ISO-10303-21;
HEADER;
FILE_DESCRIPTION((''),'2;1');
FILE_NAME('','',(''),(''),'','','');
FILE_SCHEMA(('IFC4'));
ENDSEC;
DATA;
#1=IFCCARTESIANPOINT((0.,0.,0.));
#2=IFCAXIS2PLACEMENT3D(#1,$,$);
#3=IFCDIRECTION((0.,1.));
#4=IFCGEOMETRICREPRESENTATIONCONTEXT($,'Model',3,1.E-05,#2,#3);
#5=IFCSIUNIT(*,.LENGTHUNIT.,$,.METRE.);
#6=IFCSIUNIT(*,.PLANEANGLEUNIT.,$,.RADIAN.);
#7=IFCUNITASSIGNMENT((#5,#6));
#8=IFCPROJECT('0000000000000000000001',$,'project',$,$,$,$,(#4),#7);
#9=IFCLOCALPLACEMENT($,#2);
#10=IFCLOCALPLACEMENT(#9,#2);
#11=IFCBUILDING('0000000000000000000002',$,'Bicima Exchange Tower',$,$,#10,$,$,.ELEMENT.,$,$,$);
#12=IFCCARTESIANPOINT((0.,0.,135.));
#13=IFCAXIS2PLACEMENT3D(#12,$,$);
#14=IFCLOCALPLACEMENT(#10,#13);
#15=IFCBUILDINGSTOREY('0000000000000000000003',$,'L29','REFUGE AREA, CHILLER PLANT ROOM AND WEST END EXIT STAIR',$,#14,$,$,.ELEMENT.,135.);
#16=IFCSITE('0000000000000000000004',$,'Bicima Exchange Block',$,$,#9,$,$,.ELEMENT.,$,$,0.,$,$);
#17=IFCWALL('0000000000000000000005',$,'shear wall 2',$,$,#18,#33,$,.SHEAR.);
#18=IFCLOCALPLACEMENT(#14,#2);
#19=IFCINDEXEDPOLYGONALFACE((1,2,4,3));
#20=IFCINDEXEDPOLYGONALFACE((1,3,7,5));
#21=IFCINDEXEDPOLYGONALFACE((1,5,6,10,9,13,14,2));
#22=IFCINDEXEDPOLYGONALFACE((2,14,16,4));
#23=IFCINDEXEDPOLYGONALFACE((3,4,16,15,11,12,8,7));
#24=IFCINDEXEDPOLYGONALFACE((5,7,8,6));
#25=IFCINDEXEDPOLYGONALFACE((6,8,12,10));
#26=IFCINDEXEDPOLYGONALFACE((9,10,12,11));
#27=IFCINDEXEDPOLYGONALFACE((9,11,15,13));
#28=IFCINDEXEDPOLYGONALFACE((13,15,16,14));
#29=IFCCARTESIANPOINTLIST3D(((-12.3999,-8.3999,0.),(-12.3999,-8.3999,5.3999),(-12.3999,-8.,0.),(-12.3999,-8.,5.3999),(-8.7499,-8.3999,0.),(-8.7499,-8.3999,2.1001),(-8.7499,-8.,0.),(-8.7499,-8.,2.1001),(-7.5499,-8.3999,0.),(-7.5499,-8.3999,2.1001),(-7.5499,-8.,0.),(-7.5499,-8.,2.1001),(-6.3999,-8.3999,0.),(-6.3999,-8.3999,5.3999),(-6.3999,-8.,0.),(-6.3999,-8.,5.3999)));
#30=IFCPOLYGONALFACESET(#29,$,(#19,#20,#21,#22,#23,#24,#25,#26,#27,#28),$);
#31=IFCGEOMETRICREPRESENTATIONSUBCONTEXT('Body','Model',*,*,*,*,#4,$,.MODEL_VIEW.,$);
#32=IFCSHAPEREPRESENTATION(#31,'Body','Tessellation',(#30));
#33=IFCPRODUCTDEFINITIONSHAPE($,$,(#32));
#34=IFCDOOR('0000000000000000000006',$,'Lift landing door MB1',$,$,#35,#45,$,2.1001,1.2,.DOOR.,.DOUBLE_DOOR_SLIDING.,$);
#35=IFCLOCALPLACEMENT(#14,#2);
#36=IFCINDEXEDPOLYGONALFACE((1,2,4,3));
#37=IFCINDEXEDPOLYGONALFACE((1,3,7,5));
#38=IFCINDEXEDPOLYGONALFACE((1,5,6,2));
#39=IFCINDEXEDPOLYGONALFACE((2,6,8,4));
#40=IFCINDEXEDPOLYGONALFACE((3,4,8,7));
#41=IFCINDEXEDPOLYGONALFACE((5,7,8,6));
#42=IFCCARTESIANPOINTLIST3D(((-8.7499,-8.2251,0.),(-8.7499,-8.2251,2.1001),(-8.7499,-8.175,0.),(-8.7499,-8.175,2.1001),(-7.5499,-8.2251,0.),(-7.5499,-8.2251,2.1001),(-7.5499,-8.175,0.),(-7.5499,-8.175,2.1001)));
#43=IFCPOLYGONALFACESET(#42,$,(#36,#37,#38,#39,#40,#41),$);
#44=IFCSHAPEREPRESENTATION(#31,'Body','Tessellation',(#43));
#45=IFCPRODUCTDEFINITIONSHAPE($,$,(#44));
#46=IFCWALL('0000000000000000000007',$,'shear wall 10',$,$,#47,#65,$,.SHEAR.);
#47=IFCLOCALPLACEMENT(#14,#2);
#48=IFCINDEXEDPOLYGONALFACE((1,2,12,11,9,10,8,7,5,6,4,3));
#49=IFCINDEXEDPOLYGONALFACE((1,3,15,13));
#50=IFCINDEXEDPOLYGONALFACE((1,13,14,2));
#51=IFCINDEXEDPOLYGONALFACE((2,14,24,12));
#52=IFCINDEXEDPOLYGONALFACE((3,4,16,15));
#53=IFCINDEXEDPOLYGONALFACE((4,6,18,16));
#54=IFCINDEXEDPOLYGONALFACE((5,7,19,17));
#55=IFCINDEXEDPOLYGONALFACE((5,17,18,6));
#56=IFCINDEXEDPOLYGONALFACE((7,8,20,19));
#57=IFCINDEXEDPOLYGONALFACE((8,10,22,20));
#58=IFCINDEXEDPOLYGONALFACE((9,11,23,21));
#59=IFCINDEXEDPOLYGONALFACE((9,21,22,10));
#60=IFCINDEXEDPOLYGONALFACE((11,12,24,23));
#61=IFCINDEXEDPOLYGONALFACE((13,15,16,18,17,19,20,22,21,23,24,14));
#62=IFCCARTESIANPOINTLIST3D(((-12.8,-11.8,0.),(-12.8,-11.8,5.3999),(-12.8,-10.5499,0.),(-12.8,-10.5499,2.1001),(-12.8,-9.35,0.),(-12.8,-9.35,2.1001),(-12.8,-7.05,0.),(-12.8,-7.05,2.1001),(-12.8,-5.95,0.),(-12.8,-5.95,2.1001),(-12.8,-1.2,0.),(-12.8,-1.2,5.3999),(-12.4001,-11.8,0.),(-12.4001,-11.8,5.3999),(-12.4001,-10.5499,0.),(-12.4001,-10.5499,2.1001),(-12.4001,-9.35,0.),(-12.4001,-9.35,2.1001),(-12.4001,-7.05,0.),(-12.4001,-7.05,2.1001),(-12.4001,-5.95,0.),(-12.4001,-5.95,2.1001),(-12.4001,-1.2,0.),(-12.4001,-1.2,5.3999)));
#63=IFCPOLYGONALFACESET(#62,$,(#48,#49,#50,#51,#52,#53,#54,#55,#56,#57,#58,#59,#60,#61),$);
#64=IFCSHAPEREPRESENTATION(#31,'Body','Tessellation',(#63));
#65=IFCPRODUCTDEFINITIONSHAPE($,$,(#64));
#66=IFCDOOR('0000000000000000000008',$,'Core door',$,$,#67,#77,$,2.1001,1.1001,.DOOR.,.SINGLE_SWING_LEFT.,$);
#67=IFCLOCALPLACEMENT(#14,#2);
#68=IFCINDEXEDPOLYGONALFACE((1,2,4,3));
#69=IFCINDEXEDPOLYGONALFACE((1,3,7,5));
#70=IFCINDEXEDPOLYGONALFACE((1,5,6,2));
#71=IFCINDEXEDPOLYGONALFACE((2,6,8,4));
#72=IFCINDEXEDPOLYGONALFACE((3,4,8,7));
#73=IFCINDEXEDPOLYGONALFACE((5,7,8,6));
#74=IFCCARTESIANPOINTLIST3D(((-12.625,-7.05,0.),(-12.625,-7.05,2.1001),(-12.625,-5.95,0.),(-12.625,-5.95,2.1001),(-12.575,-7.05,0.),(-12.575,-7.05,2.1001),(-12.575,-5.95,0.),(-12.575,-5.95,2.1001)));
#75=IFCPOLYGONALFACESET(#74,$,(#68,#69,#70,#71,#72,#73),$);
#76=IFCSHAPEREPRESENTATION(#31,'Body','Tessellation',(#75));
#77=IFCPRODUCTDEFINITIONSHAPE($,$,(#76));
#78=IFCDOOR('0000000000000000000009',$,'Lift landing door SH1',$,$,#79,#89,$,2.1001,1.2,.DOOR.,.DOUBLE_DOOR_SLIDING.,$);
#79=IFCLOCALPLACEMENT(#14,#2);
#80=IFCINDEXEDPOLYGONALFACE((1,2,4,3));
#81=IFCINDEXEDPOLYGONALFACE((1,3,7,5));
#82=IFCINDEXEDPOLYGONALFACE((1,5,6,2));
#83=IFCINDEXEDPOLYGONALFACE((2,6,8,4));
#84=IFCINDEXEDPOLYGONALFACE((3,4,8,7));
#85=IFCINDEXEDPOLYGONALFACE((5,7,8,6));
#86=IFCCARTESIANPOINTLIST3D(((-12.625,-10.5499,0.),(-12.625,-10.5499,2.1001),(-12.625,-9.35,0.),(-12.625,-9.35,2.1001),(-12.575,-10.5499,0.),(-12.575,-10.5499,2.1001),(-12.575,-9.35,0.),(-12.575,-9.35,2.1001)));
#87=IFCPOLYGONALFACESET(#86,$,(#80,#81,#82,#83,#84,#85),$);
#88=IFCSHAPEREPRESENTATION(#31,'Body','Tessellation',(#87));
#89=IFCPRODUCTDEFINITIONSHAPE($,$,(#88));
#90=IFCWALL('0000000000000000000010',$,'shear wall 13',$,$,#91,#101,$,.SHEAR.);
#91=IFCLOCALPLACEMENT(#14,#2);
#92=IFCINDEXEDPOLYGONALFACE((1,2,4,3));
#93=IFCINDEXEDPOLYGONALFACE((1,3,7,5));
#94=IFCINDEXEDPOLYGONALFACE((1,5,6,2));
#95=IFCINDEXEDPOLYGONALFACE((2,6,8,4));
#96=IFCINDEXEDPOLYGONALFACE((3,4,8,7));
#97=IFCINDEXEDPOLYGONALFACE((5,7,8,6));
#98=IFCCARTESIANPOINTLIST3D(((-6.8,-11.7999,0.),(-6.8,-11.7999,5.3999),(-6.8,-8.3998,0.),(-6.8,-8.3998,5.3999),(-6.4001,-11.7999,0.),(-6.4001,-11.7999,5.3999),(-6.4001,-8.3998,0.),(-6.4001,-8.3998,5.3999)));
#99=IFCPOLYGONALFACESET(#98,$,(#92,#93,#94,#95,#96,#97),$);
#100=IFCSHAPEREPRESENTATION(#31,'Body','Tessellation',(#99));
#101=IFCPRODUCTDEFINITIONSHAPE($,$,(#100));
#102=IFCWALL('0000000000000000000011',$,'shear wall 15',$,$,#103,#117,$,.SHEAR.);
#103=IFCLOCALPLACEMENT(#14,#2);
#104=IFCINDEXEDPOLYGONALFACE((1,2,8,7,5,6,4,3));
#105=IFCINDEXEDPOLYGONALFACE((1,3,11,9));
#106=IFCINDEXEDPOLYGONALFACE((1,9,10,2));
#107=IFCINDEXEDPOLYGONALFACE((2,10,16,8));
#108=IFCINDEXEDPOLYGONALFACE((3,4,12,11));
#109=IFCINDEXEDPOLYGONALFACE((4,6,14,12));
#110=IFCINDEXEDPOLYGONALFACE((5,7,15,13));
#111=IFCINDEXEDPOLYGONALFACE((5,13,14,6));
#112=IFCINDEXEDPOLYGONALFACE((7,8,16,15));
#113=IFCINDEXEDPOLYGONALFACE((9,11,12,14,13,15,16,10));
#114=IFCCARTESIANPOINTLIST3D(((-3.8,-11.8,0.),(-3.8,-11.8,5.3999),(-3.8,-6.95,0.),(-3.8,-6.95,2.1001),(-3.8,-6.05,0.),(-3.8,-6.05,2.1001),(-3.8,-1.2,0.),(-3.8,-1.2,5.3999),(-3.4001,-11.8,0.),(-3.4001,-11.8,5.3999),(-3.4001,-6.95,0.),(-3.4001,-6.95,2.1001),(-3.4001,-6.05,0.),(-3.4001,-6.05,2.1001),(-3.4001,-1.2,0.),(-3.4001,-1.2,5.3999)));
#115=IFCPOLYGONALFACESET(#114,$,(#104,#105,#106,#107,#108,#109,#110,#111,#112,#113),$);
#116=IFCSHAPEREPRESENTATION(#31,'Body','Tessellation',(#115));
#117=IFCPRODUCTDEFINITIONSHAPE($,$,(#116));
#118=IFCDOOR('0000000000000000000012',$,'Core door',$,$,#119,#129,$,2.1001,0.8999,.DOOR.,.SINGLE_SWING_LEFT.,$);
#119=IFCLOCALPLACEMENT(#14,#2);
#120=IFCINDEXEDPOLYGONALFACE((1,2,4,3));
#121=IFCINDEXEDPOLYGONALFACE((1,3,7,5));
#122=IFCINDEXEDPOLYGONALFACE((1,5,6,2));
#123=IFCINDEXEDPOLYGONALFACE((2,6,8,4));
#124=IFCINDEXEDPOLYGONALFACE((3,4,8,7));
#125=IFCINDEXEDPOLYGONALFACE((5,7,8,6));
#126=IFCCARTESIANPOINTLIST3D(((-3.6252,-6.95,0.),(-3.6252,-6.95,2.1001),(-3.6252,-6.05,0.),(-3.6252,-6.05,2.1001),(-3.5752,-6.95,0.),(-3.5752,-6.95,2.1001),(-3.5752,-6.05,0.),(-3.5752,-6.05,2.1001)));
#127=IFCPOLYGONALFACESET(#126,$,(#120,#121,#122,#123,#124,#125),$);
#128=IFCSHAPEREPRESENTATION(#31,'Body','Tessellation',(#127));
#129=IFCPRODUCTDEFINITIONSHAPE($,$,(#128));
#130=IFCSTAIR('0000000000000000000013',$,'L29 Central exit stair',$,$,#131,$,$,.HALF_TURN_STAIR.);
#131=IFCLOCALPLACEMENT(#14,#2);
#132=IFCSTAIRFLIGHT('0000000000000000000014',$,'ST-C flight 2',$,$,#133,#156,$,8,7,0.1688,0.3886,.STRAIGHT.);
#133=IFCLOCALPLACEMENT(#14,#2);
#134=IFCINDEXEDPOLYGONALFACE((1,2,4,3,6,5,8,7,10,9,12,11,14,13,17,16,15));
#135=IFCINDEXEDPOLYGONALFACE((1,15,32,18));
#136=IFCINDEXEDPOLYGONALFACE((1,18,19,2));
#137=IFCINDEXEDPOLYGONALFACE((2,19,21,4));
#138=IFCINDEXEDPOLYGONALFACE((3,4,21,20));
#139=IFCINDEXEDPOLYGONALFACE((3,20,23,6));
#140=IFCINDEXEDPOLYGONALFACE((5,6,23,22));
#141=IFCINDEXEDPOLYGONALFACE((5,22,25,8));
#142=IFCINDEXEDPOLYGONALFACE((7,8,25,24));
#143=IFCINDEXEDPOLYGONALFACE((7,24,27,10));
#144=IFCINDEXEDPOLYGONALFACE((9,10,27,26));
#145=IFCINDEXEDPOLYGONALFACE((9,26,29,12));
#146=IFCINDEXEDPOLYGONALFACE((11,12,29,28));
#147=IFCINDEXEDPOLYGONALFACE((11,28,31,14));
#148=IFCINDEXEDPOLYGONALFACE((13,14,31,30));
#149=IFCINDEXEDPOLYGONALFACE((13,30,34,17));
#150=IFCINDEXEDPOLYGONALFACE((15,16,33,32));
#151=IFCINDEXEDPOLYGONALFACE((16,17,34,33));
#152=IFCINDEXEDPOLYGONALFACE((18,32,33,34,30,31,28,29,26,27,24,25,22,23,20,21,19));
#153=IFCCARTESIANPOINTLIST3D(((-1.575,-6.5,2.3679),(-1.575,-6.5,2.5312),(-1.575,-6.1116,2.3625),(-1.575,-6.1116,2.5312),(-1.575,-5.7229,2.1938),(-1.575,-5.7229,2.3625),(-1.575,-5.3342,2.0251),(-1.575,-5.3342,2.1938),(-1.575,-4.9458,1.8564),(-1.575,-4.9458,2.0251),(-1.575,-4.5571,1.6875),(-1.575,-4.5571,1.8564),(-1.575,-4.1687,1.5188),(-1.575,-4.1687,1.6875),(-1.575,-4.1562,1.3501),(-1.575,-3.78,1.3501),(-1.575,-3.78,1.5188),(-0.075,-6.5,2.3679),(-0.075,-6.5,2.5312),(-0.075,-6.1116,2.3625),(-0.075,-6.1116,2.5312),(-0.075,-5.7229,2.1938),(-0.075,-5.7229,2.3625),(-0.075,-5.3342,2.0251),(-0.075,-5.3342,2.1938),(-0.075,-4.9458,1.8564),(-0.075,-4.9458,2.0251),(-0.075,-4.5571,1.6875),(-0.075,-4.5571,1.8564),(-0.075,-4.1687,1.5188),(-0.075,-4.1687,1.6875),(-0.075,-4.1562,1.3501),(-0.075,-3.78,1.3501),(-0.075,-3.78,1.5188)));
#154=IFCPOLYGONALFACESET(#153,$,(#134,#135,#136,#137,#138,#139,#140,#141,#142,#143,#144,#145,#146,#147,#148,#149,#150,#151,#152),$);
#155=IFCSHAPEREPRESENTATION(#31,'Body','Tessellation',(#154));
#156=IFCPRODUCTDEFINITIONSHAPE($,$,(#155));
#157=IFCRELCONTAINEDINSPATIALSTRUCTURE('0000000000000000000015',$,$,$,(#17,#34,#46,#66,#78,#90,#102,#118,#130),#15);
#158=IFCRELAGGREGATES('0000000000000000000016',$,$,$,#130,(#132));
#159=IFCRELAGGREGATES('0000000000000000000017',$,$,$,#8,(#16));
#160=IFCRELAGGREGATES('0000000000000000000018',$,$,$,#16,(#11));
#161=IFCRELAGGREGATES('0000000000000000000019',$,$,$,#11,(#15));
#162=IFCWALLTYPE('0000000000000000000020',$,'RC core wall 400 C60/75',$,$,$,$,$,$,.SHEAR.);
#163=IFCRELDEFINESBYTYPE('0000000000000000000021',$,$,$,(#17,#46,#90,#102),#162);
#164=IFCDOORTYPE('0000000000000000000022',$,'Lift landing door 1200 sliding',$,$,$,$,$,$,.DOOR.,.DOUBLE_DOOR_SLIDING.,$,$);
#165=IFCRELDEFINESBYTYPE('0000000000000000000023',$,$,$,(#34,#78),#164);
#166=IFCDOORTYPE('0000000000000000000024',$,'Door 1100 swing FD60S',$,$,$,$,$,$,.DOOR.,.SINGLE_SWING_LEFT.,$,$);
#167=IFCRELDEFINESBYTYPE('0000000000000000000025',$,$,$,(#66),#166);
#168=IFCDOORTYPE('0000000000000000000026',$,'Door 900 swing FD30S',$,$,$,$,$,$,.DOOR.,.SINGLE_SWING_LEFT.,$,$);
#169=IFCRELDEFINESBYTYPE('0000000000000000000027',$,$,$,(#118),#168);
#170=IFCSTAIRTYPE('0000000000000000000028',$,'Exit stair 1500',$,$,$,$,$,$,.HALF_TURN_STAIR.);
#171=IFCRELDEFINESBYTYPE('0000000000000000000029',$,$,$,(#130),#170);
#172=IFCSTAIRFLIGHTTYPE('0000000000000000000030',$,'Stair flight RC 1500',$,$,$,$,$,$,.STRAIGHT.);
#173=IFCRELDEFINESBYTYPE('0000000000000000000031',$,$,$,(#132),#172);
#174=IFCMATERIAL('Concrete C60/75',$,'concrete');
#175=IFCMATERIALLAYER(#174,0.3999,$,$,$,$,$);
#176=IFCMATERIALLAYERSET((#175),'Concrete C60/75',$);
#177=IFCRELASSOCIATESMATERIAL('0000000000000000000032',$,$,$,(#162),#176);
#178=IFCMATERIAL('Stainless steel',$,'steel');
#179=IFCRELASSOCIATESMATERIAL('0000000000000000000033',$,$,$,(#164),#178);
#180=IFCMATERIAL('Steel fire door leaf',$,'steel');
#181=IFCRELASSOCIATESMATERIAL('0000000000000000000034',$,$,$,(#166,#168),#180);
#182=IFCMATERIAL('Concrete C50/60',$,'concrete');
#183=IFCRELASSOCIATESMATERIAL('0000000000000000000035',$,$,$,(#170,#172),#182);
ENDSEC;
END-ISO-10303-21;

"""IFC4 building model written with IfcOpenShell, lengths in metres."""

from ifc_helpers import new_model, si_unit, direction, frame, frame_2d, origin, place, context, subcontext, project, spatial, polyline, rectangle, outline, extrude, material, layer, layer_set, type_object, element, fill, aggregate, save


model = new_model("IFC4")

# Units and contexts
model_context = context("Model", 3, precision=1e-05, world=origin(), true_north=direction((0.0, 1.0)))
body_context = subcontext(model_context, "Body", "Model", "MODEL_VIEW")
ifc_project = project(units=[si_unit("LENGTHUNIT", "METRE"), si_unit("PLANEANGLEUNIT", "RADIAN")], contexts=[model_context])

# Site, building, storey
site_placement = place(None, origin())
site = spatial("IfcSite", under=ifc_project, at=site_placement, Name="Bicima Exchange Block", CompositionType="ELEMENT", RefElevation=0.0)
building_placement = place(site_placement, origin())
building = spatial("IfcBuilding", under=site, at=building_placement, Name="Bicima Exchange Tower", CompositionType="ELEMENT")
storey_placement = place(building_placement, frame((0.0, 0.0, 135.0)))
storey = spatial("IfcBuildingStorey", under=building, at=storey_placement, Name="L29", Description="REFUGE AREA, CHILLER PLANT ROOM AND WEST END EXIT STAIR", CompositionType="ELEMENT", Elevation=135.0)

# Shared definitions
ifc_material_1 = material(Name="Concrete C50/60", Category="concrete")
ifc_material_2 = material(Name="Steel fire door leaf", Category="steel")

# Wall, opening, door
ifc_material_3 = material(Name="Concrete C60/75", Category="concrete")
ifc_layer_1 = layer(ifc_material_3, 0.3999)
ifc_layer_set_1 = layer_set([ifc_layer_1], Name="Concrete C60/75")
wall_type_1 = type_object("IfcWallType", Name="RC core wall 400 C60/75", PredefinedType="SHEAR", material=ifc_layer_set_1)
wall_1_placement = place(storey_placement, frame((-12.3999, -8.2, 0.0), z_axis=(0.0, 0.0, 1.0), x_axis=(1.0, 0.0, 0.0)))
wall_1 = element("IfcWall", 1, at=wall_1_placement, inside=storey, type_object=wall_type_1, Name="shear wall 2", PredefinedType="SHEAR", context=body_context, shape_type="SweptSolid", body=[
    extrude(rectangle(XDim=6.0, YDim=0.3999, at=frame_2d((3.0, 0.0))), origin(), (0.0, 0.0, 1.0), 5.3999),
])
opening_1_placement = place(wall_1_placement, frame((3.6499, 0.0, 0.0)))
opening_1 = element("IfcOpeningElement", 2, at=opening_1_placement, cuts=wall_1, PredefinedType="OPENING", context=body_context, shape_type="SweptSolid", body=[
    extrude(rectangle(XDim=1.2, YDim=2.1001, at=frame_2d((0.6001, 1.05))), frame((0.0, 0.2119, 0.0), z_axis=(0.0, -1.0, 0.0), x_axis=(1.0, 0.0, 0.0)), (0.0, 0.0, 1.0), 0.4238),
])
ifc_material_4 = material(Name="Stainless steel", Category="steel")
door_type_1 = type_object("IfcDoorType", Name="Lift landing door 1200 sliding", OperationType="DOUBLE_DOOR_SLIDING", PredefinedType="DOOR", material=ifc_material_4)
door_1_placement = place(opening_1_placement, origin())
door_1 = element("IfcDoor", 3, at=door_1_placement, inside=storey, type_object=door_type_1, Name="Lift landing door MB1", OperationType="DOUBLE_DOOR_SLIDING", OverallHeight=2.1001, OverallWidth=1.2, PredefinedType="DOOR", context=body_context, shape_type="SweptSolid", body=[
    extrude(rectangle(XDim=1.2, YDim=2.1001, at=frame_2d((0.6001, 1.05))), frame((0.0, 0.0249, 0.0), z_axis=(0.0, -1.0, 0.0), x_axis=(1.0, 0.0, 0.0)), (0.0, 0.0, 1.0), 0.05),
])
fill(opening_1, door_1)

# Wall, openings, doors
wall_2_placement = place(storey_placement, frame((-12.6001, -11.8, 0.0), z_axis=(0.0, 0.0, 1.0), x_axis=(0.0, 1.0, 0.0)))
wall_2 = element("IfcWall", 4, at=wall_2_placement, inside=storey, type_object=wall_type_1, Name="shear wall 10", PredefinedType="SHEAR", context=body_context, shape_type="SweptSolid", body=[
    extrude(rectangle(XDim=10.6001, YDim=0.3999, at=frame_2d((5.3, 0.0))), origin(), (0.0, 0.0, 1.0), 5.3999),
])
opening_2_placement = place(wall_2_placement, frame((1.25, 0.0, 0.0)))
opening_2 = element("IfcOpeningElement", 5, at=opening_2_placement, cuts=wall_2, PredefinedType="OPENING", context=body_context, shape_type="SweptSolid", body=[
    extrude(rectangle(XDim=1.2, YDim=2.1001, at=frame_2d((0.6001, 1.05))), frame((0.0, 0.2119, 0.0), z_axis=(0.0, -1.0, 0.0), x_axis=(1.0, 0.0, 0.0)), (0.0, 0.0, 1.0), 0.4238),
])
opening_3_placement = place(wall_2_placement, frame((4.75, 0.0, 0.0)))
opening_3 = element("IfcOpeningElement", 6, at=opening_3_placement, cuts=wall_2, PredefinedType="OPENING", context=body_context, shape_type="SweptSolid", body=[
    extrude(rectangle(XDim=1.1001, YDim=2.1001, at=frame_2d((0.55, 1.05))), frame((0.0, 0.2119, 0.0), z_axis=(0.0, -1.0, 0.0), x_axis=(1.0, 0.0, 0.0)), (0.0, 0.0, 1.0), 0.4238),
])
door_type_2 = type_object("IfcDoorType", Name="Door 1100 swing FD60S", OperationType="SINGLE_SWING_LEFT", PredefinedType="DOOR", material=ifc_material_2)
door_2_placement = place(opening_3_placement, origin())
door_2 = element("IfcDoor", 7, at=door_2_placement, inside=storey, type_object=door_type_2, Name="Core door", OperationType="SINGLE_SWING_LEFT", OverallHeight=2.1001, OverallWidth=1.1001, PredefinedType="DOOR", context=body_context, shape_type="SweptSolid", body=[
    extrude(rectangle(XDim=1.1001, YDim=2.1001, at=frame_2d((0.55, 1.05))), frame((0.0, 0.0249, 0.0), z_axis=(0.0, -1.0, 0.0), x_axis=(1.0, 0.0, 0.0)), (0.0, 0.0, 1.0), 0.05),
])
fill(opening_3, door_2)
door_3_placement = place(opening_2_placement, origin())
door_3 = element("IfcDoor", 8, at=door_3_placement, inside=storey, type_object=door_type_1, Name="Lift landing door SH1", OperationType="DOUBLE_DOOR_SLIDING", OverallHeight=2.1001, OverallWidth=1.2, PredefinedType="DOOR", context=body_context, shape_type="SweptSolid", body=[
    extrude(rectangle(XDim=1.2, YDim=2.1001, at=frame_2d((0.6001, 1.05))), frame((0.0, 0.0249, 0.0), z_axis=(0.0, -1.0, 0.0), x_axis=(1.0, 0.0, 0.0)), (0.0, 0.0, 1.0), 0.05),
])
fill(opening_2, door_3)

# Wall
wall_3_placement = place(storey_placement, frame((-6.6001, -11.8, 0.0), z_axis=(0.0, 0.0, 1.0), x_axis=(0.0, 1.0, 0.0)))
element("IfcWall", 9, at=wall_3_placement, inside=storey, type_object=wall_type_1, Name="shear wall 13", PredefinedType="SHEAR", context=body_context, shape_type="SweptSolid", body=[
    extrude(rectangle(XDim=3.4001, YDim=0.3999, at=frame_2d((1.7002, 0.0))), origin(), (0.0, 0.0, 1.0), 5.3999),
])

# Wall, opening, door
wall_4_placement = place(storey_placement, frame((-3.6001, -11.8, 0.0), z_axis=(0.0, 0.0, 1.0), x_axis=(0.0, 1.0, 0.0)))
wall_4 = element("IfcWall", 10, at=wall_4_placement, inside=storey, type_object=wall_type_1, Name="shear wall 15", PredefinedType="SHEAR", context=body_context, shape_type="SweptSolid", body=[
    extrude(rectangle(XDim=10.6001, YDim=0.3999, at=frame_2d((5.3, 0.0))), origin(), (0.0, 0.0, 1.0), 5.3999),
])
opening_4_placement = place(wall_4_placement, frame((4.8501, 0.0, 0.0)))
opening_4 = element("IfcOpeningElement", 11, at=opening_4_placement, cuts=wall_4, PredefinedType="OPENING", context=body_context, shape_type="SweptSolid", body=[
    extrude(rectangle(XDim=0.8999, YDim=2.1001, at=frame_2d((0.45, 1.05))), frame((0.0, 0.2119, 0.0), z_axis=(0.0, -1.0, 0.0), x_axis=(1.0, 0.0, 0.0)), (0.0, 0.0, 1.0), 0.4238),
])
door_type_3 = type_object("IfcDoorType", Name="Door 900 swing FD30S", OperationType="SINGLE_SWING_LEFT", PredefinedType="DOOR", material=ifc_material_2)
door_4_placement = place(opening_4_placement, frame((0.8999, 0.0, 0.0), z_axis=(0.0, 0.0, 1.0), x_axis=(-1.0, 0.0, 0.0)))
door_4 = element("IfcDoor", 12, at=door_4_placement, inside=storey, type_object=door_type_3, Name="Core door", OperationType="SINGLE_SWING_LEFT", OverallHeight=2.1001, OverallWidth=0.8999, PredefinedType="DOOR", context=body_context, shape_type="SweptSolid", body=[
    extrude(rectangle(XDim=0.8999, YDim=2.1001, at=frame_2d((0.45, 1.05))), frame((0.0, 0.0249, 0.0), z_axis=(0.0, -1.0, 0.0), x_axis=(1.0, 0.0, 0.0)), (0.0, 0.0, 1.0), 0.05),
])
fill(opening_4, door_4)

# Stair, stair flight
stair_type = type_object("IfcStairType", Name="Exit stair 1500", PredefinedType="HALF_TURN_STAIR", material=ifc_material_1)
stair_placement = place(storey_placement, origin())
stair = element("IfcStair", 13, at=stair_placement, inside=storey, type_object=stair_type, Name="L29 Central exit stair", PredefinedType="HALF_TURN_STAIR")
stair_flight_type = type_object("IfcStairFlightType", Name="Stair flight RC 1500", PredefinedType="STRAIGHT", material=ifc_material_1)
stair_flight_1_placement = place(storey_placement, frame((-0.825, -3.78, 1.3501), z_axis=(0.0, 0.0, 1.0), x_axis=(0.0, -1.0, 0.0)))
stair_flight_1 = element("IfcStairFlight", 14, at=stair_flight_1_placement, type_object=stair_flight_type, Name="ST-C flight 2", NumberOfRisers=8, NumberOfTreads=7, PredefinedType="STRAIGHT", RiserHeight=0.1688, TreadLength=0.3886, context=body_context, shape_type="SweptSolid", body=[
    extrude(outline(polyline([(0.0, 0.0), (0.0, 0.1687), (0.3887, 0.1687), (0.3887, 0.3374), (0.7771, 0.3374), (0.7771, 0.5063), (1.1658, 0.5063), (1.1658, 0.675), (1.5542, 0.675), (1.5542, 0.8438), (1.9429, 0.8438), (1.9429, 1.0125), (2.3315, 1.0125), (2.3315, 1.1812), (2.72, 1.1812), (2.72, 1.3501), (2.72, 1.0178), (0.3762, 0.0), (0.0, 0.0)])), frame((0.0, 0.75, 0.0), z_axis=(0.0, -1.0, 0.0), x_axis=(1.0, 0.0, 0.0)), (0.0, 0.0, 1.0), 1.5),
])
aggregate(stair, [stair_flight_1])

save(model, "model.ifc")
